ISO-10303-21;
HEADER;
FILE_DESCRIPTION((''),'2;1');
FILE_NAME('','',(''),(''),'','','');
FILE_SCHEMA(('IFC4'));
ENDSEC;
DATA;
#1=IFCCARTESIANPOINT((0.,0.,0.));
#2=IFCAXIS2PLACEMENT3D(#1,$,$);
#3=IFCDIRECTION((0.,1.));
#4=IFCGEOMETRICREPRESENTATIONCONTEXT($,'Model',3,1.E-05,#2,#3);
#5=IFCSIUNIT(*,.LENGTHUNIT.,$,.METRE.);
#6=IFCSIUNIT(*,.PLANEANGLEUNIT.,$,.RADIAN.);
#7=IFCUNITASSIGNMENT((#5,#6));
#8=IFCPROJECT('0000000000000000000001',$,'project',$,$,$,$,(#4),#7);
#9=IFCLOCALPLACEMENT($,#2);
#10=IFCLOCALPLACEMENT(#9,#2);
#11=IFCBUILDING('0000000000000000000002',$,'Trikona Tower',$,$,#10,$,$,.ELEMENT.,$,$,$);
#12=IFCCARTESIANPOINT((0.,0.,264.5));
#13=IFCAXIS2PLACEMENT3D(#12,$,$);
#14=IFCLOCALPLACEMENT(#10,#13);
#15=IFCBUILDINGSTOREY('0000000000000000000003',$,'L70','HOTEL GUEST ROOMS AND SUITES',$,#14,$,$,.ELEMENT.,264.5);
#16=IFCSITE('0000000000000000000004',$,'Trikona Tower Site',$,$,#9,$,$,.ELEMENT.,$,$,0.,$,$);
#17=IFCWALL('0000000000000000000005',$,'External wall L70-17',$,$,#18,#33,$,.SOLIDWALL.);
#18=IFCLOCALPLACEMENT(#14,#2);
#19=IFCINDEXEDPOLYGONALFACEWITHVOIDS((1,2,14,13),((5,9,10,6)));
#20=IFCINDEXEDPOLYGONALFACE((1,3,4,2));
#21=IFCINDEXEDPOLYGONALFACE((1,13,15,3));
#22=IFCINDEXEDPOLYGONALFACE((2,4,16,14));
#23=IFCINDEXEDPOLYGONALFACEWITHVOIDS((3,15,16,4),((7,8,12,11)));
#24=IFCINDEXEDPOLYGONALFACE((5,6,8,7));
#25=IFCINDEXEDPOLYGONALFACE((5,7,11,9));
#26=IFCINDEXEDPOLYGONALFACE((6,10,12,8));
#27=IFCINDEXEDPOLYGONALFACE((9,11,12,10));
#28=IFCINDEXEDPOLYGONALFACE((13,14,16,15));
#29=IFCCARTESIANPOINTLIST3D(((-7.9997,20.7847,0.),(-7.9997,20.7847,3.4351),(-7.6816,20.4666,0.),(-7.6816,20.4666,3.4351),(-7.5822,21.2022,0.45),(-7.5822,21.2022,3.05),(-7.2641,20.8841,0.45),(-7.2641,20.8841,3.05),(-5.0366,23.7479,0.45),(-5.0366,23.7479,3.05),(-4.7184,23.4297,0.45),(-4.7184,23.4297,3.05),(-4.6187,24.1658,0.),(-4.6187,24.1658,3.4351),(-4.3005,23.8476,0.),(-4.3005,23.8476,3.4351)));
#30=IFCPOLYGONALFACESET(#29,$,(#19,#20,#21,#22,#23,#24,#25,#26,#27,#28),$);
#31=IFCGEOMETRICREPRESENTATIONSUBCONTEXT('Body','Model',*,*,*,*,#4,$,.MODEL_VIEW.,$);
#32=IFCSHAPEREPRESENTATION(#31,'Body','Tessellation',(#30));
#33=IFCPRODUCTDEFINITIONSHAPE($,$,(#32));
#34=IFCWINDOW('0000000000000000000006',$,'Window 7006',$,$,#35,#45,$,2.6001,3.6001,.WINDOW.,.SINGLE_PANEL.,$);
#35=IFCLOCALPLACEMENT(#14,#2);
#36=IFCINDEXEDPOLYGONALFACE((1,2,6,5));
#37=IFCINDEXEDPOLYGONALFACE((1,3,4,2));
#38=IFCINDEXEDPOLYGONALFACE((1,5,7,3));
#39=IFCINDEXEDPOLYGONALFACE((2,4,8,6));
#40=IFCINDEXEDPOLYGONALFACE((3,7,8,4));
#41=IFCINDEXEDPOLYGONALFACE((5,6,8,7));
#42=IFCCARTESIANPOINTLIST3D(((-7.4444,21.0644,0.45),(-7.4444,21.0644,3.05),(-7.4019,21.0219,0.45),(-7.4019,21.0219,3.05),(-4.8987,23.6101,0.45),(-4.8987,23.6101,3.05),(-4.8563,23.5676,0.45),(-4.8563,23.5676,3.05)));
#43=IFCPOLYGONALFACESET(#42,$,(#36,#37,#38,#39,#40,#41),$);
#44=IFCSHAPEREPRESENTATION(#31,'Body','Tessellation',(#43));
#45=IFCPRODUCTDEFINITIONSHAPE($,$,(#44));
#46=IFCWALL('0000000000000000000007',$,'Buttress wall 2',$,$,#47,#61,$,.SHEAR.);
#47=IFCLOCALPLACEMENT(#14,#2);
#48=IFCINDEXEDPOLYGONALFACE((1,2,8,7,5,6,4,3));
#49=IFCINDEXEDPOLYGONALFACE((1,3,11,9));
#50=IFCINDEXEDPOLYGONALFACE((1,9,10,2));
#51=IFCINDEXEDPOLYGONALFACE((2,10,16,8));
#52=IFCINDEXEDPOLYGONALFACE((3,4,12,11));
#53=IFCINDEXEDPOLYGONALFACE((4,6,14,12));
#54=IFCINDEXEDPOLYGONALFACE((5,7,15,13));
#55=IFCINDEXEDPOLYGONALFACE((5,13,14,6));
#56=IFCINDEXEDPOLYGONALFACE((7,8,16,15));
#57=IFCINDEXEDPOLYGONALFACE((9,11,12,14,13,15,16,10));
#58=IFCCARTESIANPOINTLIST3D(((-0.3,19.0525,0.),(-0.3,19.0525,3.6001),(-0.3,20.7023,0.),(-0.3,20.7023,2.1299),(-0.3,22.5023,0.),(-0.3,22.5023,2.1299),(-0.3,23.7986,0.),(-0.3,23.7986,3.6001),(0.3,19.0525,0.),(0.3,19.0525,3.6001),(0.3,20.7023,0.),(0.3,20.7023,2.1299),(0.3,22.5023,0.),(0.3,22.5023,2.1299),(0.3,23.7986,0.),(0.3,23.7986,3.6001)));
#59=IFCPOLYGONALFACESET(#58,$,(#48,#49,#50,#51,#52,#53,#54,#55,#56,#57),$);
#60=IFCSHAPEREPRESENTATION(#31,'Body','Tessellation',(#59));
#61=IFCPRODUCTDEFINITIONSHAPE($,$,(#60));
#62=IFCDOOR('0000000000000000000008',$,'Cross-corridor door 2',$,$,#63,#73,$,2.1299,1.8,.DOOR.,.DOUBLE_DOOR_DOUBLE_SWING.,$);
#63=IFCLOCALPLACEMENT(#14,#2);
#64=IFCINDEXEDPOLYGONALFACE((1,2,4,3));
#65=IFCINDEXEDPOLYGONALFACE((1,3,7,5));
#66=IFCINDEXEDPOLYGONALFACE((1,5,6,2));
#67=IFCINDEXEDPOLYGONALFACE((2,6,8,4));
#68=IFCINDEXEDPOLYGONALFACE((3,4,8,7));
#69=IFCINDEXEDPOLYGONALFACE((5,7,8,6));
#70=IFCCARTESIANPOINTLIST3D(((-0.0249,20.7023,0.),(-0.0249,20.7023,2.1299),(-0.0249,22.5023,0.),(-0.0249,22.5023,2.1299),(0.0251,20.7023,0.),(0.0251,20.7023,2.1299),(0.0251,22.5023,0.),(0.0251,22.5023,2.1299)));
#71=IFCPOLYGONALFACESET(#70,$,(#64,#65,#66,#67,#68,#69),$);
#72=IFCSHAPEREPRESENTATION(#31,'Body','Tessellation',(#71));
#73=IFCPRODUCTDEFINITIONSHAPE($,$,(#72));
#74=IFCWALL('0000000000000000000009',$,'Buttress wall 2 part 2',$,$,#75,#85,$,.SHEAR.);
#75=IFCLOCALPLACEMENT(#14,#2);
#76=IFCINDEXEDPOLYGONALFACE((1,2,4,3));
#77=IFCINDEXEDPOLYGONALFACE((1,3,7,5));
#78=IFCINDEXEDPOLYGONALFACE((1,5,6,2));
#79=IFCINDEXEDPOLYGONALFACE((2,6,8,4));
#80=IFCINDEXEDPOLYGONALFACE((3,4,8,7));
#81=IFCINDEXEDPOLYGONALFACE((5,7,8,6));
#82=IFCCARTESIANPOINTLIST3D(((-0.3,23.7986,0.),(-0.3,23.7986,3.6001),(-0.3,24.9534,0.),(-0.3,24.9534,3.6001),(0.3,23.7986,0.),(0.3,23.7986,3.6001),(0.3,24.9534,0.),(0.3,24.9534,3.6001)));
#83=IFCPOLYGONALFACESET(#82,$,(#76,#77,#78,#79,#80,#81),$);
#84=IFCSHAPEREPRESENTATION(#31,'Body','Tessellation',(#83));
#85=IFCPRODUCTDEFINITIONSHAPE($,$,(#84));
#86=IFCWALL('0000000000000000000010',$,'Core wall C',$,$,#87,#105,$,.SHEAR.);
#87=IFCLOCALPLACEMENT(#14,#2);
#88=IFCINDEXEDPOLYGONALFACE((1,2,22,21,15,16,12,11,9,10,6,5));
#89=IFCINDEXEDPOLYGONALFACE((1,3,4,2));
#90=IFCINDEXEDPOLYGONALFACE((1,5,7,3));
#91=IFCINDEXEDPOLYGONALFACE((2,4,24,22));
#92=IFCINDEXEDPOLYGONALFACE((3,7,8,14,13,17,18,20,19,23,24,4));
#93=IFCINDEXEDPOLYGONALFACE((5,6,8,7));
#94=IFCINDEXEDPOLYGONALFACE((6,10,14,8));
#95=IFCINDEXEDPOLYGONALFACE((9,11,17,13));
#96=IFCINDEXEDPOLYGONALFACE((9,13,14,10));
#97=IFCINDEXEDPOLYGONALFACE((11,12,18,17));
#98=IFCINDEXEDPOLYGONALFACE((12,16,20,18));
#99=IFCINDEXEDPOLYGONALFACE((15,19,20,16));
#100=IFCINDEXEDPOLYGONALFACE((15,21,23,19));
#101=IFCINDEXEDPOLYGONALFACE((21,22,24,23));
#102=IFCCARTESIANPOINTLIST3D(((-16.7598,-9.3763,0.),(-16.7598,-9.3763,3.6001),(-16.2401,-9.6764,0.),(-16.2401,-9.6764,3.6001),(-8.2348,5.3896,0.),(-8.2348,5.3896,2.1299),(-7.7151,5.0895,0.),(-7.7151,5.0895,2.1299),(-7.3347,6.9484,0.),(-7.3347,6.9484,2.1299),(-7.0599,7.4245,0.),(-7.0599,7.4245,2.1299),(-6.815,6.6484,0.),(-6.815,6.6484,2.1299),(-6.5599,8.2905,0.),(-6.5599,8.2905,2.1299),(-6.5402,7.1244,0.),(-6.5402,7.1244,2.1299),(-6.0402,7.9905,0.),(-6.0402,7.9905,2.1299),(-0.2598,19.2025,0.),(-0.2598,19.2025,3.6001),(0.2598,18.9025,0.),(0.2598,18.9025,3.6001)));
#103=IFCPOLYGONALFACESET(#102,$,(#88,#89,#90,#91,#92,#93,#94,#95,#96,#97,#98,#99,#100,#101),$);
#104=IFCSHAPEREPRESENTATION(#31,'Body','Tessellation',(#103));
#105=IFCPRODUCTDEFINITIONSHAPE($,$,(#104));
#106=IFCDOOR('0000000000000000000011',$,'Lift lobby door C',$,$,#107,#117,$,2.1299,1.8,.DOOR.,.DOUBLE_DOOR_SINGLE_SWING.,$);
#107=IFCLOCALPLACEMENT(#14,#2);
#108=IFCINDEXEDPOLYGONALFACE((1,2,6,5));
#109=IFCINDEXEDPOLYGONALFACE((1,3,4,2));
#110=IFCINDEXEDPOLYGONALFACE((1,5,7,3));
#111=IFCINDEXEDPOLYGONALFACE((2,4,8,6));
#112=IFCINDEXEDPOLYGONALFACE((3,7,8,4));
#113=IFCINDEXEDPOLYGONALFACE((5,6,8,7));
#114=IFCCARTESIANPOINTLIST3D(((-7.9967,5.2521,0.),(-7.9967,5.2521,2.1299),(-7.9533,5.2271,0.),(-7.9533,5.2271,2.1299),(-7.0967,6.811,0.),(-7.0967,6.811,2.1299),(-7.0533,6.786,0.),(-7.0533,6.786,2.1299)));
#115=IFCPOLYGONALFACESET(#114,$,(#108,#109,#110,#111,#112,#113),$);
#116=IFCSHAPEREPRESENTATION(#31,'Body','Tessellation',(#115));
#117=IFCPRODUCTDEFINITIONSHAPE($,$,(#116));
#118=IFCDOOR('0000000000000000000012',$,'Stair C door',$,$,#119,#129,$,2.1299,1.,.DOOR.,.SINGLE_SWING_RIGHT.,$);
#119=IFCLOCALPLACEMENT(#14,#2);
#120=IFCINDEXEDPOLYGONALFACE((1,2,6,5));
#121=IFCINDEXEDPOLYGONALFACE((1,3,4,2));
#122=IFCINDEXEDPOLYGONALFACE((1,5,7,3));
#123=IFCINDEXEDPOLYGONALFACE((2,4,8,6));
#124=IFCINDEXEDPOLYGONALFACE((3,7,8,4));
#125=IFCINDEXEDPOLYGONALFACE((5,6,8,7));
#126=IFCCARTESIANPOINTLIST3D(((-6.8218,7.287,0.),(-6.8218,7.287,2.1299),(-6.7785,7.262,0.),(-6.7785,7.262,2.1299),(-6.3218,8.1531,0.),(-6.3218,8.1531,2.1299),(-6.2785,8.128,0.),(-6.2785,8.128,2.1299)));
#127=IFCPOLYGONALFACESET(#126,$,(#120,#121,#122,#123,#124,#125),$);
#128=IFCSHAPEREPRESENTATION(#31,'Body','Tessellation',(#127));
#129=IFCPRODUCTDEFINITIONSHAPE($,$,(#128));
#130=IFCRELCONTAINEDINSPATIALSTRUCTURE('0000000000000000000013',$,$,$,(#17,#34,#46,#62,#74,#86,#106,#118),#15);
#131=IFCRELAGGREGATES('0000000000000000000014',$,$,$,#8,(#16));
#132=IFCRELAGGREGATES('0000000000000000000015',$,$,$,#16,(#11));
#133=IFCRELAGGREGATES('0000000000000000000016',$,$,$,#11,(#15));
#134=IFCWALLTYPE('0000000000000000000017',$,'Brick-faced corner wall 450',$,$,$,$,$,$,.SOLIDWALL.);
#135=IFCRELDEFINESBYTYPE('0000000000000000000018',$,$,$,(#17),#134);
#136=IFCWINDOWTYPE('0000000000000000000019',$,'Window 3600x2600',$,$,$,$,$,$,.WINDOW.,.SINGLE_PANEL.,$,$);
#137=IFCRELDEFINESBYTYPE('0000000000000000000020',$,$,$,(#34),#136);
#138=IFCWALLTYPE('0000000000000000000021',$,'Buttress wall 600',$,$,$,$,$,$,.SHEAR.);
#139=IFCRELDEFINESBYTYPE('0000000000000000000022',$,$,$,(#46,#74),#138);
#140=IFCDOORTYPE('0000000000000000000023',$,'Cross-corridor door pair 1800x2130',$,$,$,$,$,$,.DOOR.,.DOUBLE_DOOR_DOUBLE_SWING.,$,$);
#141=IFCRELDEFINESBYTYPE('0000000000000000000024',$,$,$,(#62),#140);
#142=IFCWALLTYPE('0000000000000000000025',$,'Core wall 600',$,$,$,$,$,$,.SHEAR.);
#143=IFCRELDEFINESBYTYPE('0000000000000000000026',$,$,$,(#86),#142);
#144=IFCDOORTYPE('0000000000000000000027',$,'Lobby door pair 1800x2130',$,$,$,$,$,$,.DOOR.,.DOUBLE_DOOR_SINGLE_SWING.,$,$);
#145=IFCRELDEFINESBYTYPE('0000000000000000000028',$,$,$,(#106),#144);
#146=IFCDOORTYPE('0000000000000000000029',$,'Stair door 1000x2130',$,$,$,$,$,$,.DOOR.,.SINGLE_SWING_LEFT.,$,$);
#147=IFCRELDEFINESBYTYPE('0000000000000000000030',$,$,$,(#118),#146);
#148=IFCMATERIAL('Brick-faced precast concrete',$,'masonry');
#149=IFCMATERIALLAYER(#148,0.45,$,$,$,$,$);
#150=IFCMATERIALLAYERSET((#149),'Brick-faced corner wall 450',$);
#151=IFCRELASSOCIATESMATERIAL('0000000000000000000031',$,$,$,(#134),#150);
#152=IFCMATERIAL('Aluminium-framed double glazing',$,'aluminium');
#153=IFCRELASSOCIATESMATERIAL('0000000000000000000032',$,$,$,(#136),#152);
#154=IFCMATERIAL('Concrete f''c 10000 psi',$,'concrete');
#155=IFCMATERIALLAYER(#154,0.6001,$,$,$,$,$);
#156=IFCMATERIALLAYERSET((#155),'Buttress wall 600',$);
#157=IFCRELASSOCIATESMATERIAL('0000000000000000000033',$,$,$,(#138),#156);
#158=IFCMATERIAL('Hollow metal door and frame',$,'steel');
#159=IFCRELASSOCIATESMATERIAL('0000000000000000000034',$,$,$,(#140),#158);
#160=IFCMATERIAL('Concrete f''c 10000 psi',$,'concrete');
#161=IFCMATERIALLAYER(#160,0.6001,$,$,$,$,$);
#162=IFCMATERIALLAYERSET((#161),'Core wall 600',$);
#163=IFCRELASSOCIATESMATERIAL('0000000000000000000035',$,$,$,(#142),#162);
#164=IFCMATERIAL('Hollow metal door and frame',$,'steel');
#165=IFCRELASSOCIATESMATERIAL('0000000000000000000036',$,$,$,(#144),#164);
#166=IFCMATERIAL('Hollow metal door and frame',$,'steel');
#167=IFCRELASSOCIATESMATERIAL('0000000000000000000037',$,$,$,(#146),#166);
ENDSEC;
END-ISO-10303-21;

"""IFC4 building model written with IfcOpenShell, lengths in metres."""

from ifc_helpers import new_model, si_unit, direction, frame, frame_2d, origin, place, context, subcontext, project, spatial, rectangle, extrude, material, layer, layer_set, type_object, element, fill, save


model = new_model("IFC4")

# Units and contexts
model_context = context("Model", 3, precision=1e-05, world=origin(), true_north=direction((0.0, 1.0)))
body_context = subcontext(model_context, "Body", "Model", "MODEL_VIEW")
ifc_project = project(units=[si_unit("LENGTHUNIT", "METRE"), si_unit("PLANEANGLEUNIT", "RADIAN")], contexts=[model_context])

# Site, building, storey
site_placement = place(None, origin())
site = spatial("IfcSite", under=ifc_project, at=site_placement, Name="Trikona Tower Site", CompositionType="ELEMENT", RefElevation=0.0)
building_placement = place(site_placement, origin())
building = spatial("IfcBuilding", under=site, at=building_placement, Name="Trikona Tower", CompositionType="ELEMENT")
storey_placement = place(building_placement, frame((0.0, 0.0, 264.5)))
storey = spatial("IfcBuildingStorey", under=building, at=storey_placement, Name="L70", Description="HOTEL GUEST ROOMS AND SUITES", CompositionType="ELEMENT", Elevation=264.5)

# Wall, opening, window
ifc_material_1 = material(Name="Brick-faced precast concrete", Category="masonry")
ifc_layer_1 = layer(ifc_material_1, 0.45)
ifc_layer_set_1 = layer_set([ifc_layer_1], Name="Brick-faced corner wall 450")
wall_type_1 = type_object("IfcWallType", Name="Brick-faced corner wall 450", PredefinedType="SOLIDWALL", material=ifc_layer_set_1)
wall_1_placement = place(storey_placement, frame((-4.4597, 24.0066, 0.0), z_axis=(0.0, 0.0, 1.0), x_axis=(-0.707107, -0.707107, 0.0)))
wall_1 = element("IfcWall", 1, at=wall_1_placement, inside=storey, type_object=wall_type_1, Name="External wall L70-17", PredefinedType="SOLIDWALL", context=body_context, shape_type="SweptSolid", body=[
    extrude(rectangle(XDim=4.7815, YDim=0.45, at=frame_2d((2.3906, 0.0))), origin(), (0.0, 0.0, 1.0), 3.4351),
])
opening_1_placement = place(wall_1_placement, frame((0.5908, 0.0, 0.45)))
opening_1 = element("IfcOpeningElement", 2, at=opening_1_placement, cuts=wall_1, PredefinedType="OPENING", context=body_context, shape_type="SweptSolid", body=[
    extrude(rectangle(XDim=3.6001, YDim=2.6001, at=frame_2d((1.8, 1.3))), frame((0.0, 0.2349, 0.0), z_axis=(0.0, -1.0, 0.0), x_axis=(1.0, 0.0, 0.0)), (0.0, 0.0, 1.0), 0.47),
])
ifc_material_2 = material(Name="Aluminium-framed double glazing", Category="aluminium")
window_type_1 = type_object("IfcWindowType", Name="Window 3600x2600", PartitioningType="SINGLE_PANEL", PredefinedType="WINDOW", material=ifc_material_2)
window_1_placement = place(opening_1_placement, origin())
window_1 = element("IfcWindow", 3, at=window_1_placement, inside=storey, type_object=window_type_1, Name="Window 7006", OverallHeight=2.6001, OverallWidth=3.6001, PartitioningType="SINGLE_PANEL", PredefinedType="WINDOW", context=body_context, shape_type="SweptSolid", body=[
    extrude(rectangle(XDim=3.6001, YDim=2.6001, at=frame_2d((1.8, 1.3))), frame((0.0, 0.03, 0.0), z_axis=(0.0, -1.0, 0.0), x_axis=(1.0, 0.0, 0.0)), (0.0, 0.0, 1.0), 0.0601),
])
fill(opening_1, window_1)

# Wall, opening, door
ifc_material_3 = material(Name="Concrete f'c 10000 psi", Category="concrete")
ifc_layer_2 = layer(ifc_material_3, 0.6001)
ifc_layer_set_2 = layer_set([ifc_layer_2], Name="Buttress wall 600")
wall_type_2 = type_object("IfcWallType", Name="Buttress wall 600", PredefinedType="SHEAR", material=ifc_layer_set_2)
wall_2_placement = place(storey_placement, frame((0.0, 19.0525, 0.0), z_axis=(0.0, 0.0, 1.0), x_axis=(0.0, 1.0, 0.0)))
wall_2 = element("IfcWall", 4, at=wall_2_placement, inside=storey, type_object=wall_type_2, Name="Buttress wall 2", PredefinedType="SHEAR", context=body_context, shape_type="SweptSolid", body=[
    extrude(rectangle(XDim=4.7461, YDim=0.6001, at=frame_2d((2.373, 0.0))), origin(), (0.0, 0.0, 1.0), 3.6001),
])
opening_2_placement = place(wall_2_placement, frame((1.6499, 0.0, 0.0)))
opening_2 = element("IfcOpeningElement", 5, at=opening_2_placement, cuts=wall_2, PredefinedType="OPENING", context=body_context, shape_type="SweptSolid", body=[
    extrude(rectangle(XDim=1.8, YDim=2.1299, at=frame_2d((0.8999, 1.0649))), frame((0.0, 0.3101, 0.0), z_axis=(0.0, -1.0, 0.0), x_axis=(1.0, 0.0, 0.0)), (0.0, 0.0, 1.0), 0.6201),
])
ifc_material_4 = material(Name="Hollow metal door and frame", Category="steel")
door_type_1 = type_object("IfcDoorType", Name="Cross-corridor door pair 1800x2130", OperationType="DOUBLE_DOOR_DOUBLE_SWING", PredefinedType="DOOR", material=ifc_material_4)
door_1_placement = place(opening_2_placement, origin())
door_1 = element("IfcDoor", 6, at=door_1_placement, inside=storey, type_object=door_type_1, Name="Cross-corridor door 2", OperationType="DOUBLE_DOOR_DOUBLE_SWING", OverallHeight=2.1299, OverallWidth=1.8, PredefinedType="DOOR", context=body_context, shape_type="SweptSolid", body=[
    extrude(rectangle(XDim=1.8, YDim=2.1299, at=frame_2d((0.8999, 1.0649))), frame((0.0, 0.0249, 0.0), z_axis=(0.0, -1.0, 0.0), x_axis=(1.0, 0.0, 0.0)), (0.0, 0.0, 1.0), 0.05),
])
fill(opening_2, door_1)

# Wall
wall_3_placement = place(storey_placement, frame((0.0, 23.7986, 0.0), z_axis=(0.0, 0.0, 1.0), x_axis=(0.0, 1.0, 0.0)))
element("IfcWall", 7, at=wall_3_placement, inside=storey, type_object=wall_type_2, Name="Buttress wall 2 part 2", PredefinedType="SHEAR", context=body_context, shape_type="SweptSolid", body=[
    extrude(rectangle(XDim=1.1548, YDim=0.6001, at=frame_2d((0.5774, 0.0))), origin(), (0.0, 0.0, 1.0), 3.6001),
])

# Wall, openings, doors
ifc_material_5 = material(Name="Concrete f'c 10000 psi", Category="concrete")
ifc_layer_3 = layer(ifc_material_5, 0.6001)
ifc_layer_set_3 = layer_set([ifc_layer_3], Name="Core wall 600")
wall_type_3 = type_object("IfcWallType", Name="Core wall 600", PredefinedType="SHEAR", material=ifc_layer_set_3)
wall_4_placement = place(storey_placement, frame((0.0, 19.0525, 0.0), z_axis=(0.0, 0.0, 1.0), x_axis=(-0.5, -0.866026, 0.0)))
wall_4 = element("IfcWall", 8, at=wall_4_placement, inside=storey, type_object=wall_type_3, Name="Core wall C", PredefinedType="SHEAR", context=body_context, shape_type="SweptSolid", body=[
    extrude(rectangle(XDim=33.0, YDim=0.6001, at=frame_2d((16.5, 0.0))), origin(), (0.0, 0.0, 1.0), 3.6001),
])
opening_3_placement = place(wall_4_placement, frame((14.1499, 0.0, 0.0)))
opening_3 = element("IfcOpeningElement", 9, at=opening_3_placement, cuts=wall_4, PredefinedType="OPENING", context=body_context, shape_type="SweptSolid", body=[
    extrude(rectangle(XDim=1.8, YDim=2.1299, at=frame_2d((0.8999, 1.0649))), frame((0.0, 0.3101, 0.0), z_axis=(0.0, -1.0, 0.0), x_axis=(1.0, 0.0, 0.0)), (0.0, 0.0, 1.0), 0.6201),
])
opening_4_placement = place(wall_4_placement, frame((12.6001, 0.0, 0.0)))
opening_4 = element("IfcOpeningElement", 10, at=opening_4_placement, cuts=wall_4, PredefinedType="OPENING", context=body_context, shape_type="SweptSolid", body=[
    extrude(rectangle(XDim=1.0, YDim=2.1299, at=frame_2d((0.5, 1.0649))), frame((0.0, 0.3101, 0.0), z_axis=(0.0, -1.0, 0.0), x_axis=(1.0, 0.0, 0.0)), (0.0, 0.0, 1.0), 0.6201),
])
ifc_material_6 = material(Name="Hollow metal door and frame", Category="steel")
door_type_2 = type_object("IfcDoorType", Name="Lobby door pair 1800x2130", OperationType="DOUBLE_DOOR_SINGLE_SWING", PredefinedType="DOOR", material=ifc_material_6)
door_2_placement = place(opening_3_placement, origin())
door_2 = element("IfcDoor", 11, at=door_2_placement, inside=storey, type_object=door_type_2, Name="Lift lobby door C", OperationType="DOUBLE_DOOR_SINGLE_SWING", OverallHeight=2.1299, OverallWidth=1.8, PredefinedType="DOOR", context=body_context, shape_type="SweptSolid", body=[
    extrude(rectangle(XDim=1.8, YDim=2.1299, at=frame_2d((0.8999, 1.0649))), frame((0.0, 0.0249, 0.0), z_axis=(0.0, -1.0, 0.0), x_axis=(1.0, 0.0, 0.0)), (0.0, 0.0, 1.0), 0.05),
])
fill(opening_3, door_2)
ifc_material_7 = material(Name="Hollow metal door and frame", Category="steel")
door_type_3 = type_object("IfcDoorType", Name="Stair door 1000x2130", OperationType="SINGLE_SWING_LEFT", PredefinedType="DOOR", material=ifc_material_7)
door_3_placement = place(opening_4_placement, origin())
door_3 = element("IfcDoor", 12, at=door_3_placement, inside=storey, type_object=door_type_3, Name="Stair C door", OperationType="SINGLE_SWING_RIGHT", OverallHeight=2.1299, OverallWidth=1.0, PredefinedType="DOOR", context=body_context, shape_type="SweptSolid", body=[
    extrude(rectangle(XDim=1.0, YDim=2.1299, at=frame_2d((0.5, 1.0649))), frame((0.0, 0.0249, 0.0), z_axis=(0.0, -1.0, 0.0), x_axis=(1.0, 0.0, 0.0)), (0.0, 0.0, 1.0), 0.05),
])
fill(opening_4, door_3)

save(model, "model.ifc")
